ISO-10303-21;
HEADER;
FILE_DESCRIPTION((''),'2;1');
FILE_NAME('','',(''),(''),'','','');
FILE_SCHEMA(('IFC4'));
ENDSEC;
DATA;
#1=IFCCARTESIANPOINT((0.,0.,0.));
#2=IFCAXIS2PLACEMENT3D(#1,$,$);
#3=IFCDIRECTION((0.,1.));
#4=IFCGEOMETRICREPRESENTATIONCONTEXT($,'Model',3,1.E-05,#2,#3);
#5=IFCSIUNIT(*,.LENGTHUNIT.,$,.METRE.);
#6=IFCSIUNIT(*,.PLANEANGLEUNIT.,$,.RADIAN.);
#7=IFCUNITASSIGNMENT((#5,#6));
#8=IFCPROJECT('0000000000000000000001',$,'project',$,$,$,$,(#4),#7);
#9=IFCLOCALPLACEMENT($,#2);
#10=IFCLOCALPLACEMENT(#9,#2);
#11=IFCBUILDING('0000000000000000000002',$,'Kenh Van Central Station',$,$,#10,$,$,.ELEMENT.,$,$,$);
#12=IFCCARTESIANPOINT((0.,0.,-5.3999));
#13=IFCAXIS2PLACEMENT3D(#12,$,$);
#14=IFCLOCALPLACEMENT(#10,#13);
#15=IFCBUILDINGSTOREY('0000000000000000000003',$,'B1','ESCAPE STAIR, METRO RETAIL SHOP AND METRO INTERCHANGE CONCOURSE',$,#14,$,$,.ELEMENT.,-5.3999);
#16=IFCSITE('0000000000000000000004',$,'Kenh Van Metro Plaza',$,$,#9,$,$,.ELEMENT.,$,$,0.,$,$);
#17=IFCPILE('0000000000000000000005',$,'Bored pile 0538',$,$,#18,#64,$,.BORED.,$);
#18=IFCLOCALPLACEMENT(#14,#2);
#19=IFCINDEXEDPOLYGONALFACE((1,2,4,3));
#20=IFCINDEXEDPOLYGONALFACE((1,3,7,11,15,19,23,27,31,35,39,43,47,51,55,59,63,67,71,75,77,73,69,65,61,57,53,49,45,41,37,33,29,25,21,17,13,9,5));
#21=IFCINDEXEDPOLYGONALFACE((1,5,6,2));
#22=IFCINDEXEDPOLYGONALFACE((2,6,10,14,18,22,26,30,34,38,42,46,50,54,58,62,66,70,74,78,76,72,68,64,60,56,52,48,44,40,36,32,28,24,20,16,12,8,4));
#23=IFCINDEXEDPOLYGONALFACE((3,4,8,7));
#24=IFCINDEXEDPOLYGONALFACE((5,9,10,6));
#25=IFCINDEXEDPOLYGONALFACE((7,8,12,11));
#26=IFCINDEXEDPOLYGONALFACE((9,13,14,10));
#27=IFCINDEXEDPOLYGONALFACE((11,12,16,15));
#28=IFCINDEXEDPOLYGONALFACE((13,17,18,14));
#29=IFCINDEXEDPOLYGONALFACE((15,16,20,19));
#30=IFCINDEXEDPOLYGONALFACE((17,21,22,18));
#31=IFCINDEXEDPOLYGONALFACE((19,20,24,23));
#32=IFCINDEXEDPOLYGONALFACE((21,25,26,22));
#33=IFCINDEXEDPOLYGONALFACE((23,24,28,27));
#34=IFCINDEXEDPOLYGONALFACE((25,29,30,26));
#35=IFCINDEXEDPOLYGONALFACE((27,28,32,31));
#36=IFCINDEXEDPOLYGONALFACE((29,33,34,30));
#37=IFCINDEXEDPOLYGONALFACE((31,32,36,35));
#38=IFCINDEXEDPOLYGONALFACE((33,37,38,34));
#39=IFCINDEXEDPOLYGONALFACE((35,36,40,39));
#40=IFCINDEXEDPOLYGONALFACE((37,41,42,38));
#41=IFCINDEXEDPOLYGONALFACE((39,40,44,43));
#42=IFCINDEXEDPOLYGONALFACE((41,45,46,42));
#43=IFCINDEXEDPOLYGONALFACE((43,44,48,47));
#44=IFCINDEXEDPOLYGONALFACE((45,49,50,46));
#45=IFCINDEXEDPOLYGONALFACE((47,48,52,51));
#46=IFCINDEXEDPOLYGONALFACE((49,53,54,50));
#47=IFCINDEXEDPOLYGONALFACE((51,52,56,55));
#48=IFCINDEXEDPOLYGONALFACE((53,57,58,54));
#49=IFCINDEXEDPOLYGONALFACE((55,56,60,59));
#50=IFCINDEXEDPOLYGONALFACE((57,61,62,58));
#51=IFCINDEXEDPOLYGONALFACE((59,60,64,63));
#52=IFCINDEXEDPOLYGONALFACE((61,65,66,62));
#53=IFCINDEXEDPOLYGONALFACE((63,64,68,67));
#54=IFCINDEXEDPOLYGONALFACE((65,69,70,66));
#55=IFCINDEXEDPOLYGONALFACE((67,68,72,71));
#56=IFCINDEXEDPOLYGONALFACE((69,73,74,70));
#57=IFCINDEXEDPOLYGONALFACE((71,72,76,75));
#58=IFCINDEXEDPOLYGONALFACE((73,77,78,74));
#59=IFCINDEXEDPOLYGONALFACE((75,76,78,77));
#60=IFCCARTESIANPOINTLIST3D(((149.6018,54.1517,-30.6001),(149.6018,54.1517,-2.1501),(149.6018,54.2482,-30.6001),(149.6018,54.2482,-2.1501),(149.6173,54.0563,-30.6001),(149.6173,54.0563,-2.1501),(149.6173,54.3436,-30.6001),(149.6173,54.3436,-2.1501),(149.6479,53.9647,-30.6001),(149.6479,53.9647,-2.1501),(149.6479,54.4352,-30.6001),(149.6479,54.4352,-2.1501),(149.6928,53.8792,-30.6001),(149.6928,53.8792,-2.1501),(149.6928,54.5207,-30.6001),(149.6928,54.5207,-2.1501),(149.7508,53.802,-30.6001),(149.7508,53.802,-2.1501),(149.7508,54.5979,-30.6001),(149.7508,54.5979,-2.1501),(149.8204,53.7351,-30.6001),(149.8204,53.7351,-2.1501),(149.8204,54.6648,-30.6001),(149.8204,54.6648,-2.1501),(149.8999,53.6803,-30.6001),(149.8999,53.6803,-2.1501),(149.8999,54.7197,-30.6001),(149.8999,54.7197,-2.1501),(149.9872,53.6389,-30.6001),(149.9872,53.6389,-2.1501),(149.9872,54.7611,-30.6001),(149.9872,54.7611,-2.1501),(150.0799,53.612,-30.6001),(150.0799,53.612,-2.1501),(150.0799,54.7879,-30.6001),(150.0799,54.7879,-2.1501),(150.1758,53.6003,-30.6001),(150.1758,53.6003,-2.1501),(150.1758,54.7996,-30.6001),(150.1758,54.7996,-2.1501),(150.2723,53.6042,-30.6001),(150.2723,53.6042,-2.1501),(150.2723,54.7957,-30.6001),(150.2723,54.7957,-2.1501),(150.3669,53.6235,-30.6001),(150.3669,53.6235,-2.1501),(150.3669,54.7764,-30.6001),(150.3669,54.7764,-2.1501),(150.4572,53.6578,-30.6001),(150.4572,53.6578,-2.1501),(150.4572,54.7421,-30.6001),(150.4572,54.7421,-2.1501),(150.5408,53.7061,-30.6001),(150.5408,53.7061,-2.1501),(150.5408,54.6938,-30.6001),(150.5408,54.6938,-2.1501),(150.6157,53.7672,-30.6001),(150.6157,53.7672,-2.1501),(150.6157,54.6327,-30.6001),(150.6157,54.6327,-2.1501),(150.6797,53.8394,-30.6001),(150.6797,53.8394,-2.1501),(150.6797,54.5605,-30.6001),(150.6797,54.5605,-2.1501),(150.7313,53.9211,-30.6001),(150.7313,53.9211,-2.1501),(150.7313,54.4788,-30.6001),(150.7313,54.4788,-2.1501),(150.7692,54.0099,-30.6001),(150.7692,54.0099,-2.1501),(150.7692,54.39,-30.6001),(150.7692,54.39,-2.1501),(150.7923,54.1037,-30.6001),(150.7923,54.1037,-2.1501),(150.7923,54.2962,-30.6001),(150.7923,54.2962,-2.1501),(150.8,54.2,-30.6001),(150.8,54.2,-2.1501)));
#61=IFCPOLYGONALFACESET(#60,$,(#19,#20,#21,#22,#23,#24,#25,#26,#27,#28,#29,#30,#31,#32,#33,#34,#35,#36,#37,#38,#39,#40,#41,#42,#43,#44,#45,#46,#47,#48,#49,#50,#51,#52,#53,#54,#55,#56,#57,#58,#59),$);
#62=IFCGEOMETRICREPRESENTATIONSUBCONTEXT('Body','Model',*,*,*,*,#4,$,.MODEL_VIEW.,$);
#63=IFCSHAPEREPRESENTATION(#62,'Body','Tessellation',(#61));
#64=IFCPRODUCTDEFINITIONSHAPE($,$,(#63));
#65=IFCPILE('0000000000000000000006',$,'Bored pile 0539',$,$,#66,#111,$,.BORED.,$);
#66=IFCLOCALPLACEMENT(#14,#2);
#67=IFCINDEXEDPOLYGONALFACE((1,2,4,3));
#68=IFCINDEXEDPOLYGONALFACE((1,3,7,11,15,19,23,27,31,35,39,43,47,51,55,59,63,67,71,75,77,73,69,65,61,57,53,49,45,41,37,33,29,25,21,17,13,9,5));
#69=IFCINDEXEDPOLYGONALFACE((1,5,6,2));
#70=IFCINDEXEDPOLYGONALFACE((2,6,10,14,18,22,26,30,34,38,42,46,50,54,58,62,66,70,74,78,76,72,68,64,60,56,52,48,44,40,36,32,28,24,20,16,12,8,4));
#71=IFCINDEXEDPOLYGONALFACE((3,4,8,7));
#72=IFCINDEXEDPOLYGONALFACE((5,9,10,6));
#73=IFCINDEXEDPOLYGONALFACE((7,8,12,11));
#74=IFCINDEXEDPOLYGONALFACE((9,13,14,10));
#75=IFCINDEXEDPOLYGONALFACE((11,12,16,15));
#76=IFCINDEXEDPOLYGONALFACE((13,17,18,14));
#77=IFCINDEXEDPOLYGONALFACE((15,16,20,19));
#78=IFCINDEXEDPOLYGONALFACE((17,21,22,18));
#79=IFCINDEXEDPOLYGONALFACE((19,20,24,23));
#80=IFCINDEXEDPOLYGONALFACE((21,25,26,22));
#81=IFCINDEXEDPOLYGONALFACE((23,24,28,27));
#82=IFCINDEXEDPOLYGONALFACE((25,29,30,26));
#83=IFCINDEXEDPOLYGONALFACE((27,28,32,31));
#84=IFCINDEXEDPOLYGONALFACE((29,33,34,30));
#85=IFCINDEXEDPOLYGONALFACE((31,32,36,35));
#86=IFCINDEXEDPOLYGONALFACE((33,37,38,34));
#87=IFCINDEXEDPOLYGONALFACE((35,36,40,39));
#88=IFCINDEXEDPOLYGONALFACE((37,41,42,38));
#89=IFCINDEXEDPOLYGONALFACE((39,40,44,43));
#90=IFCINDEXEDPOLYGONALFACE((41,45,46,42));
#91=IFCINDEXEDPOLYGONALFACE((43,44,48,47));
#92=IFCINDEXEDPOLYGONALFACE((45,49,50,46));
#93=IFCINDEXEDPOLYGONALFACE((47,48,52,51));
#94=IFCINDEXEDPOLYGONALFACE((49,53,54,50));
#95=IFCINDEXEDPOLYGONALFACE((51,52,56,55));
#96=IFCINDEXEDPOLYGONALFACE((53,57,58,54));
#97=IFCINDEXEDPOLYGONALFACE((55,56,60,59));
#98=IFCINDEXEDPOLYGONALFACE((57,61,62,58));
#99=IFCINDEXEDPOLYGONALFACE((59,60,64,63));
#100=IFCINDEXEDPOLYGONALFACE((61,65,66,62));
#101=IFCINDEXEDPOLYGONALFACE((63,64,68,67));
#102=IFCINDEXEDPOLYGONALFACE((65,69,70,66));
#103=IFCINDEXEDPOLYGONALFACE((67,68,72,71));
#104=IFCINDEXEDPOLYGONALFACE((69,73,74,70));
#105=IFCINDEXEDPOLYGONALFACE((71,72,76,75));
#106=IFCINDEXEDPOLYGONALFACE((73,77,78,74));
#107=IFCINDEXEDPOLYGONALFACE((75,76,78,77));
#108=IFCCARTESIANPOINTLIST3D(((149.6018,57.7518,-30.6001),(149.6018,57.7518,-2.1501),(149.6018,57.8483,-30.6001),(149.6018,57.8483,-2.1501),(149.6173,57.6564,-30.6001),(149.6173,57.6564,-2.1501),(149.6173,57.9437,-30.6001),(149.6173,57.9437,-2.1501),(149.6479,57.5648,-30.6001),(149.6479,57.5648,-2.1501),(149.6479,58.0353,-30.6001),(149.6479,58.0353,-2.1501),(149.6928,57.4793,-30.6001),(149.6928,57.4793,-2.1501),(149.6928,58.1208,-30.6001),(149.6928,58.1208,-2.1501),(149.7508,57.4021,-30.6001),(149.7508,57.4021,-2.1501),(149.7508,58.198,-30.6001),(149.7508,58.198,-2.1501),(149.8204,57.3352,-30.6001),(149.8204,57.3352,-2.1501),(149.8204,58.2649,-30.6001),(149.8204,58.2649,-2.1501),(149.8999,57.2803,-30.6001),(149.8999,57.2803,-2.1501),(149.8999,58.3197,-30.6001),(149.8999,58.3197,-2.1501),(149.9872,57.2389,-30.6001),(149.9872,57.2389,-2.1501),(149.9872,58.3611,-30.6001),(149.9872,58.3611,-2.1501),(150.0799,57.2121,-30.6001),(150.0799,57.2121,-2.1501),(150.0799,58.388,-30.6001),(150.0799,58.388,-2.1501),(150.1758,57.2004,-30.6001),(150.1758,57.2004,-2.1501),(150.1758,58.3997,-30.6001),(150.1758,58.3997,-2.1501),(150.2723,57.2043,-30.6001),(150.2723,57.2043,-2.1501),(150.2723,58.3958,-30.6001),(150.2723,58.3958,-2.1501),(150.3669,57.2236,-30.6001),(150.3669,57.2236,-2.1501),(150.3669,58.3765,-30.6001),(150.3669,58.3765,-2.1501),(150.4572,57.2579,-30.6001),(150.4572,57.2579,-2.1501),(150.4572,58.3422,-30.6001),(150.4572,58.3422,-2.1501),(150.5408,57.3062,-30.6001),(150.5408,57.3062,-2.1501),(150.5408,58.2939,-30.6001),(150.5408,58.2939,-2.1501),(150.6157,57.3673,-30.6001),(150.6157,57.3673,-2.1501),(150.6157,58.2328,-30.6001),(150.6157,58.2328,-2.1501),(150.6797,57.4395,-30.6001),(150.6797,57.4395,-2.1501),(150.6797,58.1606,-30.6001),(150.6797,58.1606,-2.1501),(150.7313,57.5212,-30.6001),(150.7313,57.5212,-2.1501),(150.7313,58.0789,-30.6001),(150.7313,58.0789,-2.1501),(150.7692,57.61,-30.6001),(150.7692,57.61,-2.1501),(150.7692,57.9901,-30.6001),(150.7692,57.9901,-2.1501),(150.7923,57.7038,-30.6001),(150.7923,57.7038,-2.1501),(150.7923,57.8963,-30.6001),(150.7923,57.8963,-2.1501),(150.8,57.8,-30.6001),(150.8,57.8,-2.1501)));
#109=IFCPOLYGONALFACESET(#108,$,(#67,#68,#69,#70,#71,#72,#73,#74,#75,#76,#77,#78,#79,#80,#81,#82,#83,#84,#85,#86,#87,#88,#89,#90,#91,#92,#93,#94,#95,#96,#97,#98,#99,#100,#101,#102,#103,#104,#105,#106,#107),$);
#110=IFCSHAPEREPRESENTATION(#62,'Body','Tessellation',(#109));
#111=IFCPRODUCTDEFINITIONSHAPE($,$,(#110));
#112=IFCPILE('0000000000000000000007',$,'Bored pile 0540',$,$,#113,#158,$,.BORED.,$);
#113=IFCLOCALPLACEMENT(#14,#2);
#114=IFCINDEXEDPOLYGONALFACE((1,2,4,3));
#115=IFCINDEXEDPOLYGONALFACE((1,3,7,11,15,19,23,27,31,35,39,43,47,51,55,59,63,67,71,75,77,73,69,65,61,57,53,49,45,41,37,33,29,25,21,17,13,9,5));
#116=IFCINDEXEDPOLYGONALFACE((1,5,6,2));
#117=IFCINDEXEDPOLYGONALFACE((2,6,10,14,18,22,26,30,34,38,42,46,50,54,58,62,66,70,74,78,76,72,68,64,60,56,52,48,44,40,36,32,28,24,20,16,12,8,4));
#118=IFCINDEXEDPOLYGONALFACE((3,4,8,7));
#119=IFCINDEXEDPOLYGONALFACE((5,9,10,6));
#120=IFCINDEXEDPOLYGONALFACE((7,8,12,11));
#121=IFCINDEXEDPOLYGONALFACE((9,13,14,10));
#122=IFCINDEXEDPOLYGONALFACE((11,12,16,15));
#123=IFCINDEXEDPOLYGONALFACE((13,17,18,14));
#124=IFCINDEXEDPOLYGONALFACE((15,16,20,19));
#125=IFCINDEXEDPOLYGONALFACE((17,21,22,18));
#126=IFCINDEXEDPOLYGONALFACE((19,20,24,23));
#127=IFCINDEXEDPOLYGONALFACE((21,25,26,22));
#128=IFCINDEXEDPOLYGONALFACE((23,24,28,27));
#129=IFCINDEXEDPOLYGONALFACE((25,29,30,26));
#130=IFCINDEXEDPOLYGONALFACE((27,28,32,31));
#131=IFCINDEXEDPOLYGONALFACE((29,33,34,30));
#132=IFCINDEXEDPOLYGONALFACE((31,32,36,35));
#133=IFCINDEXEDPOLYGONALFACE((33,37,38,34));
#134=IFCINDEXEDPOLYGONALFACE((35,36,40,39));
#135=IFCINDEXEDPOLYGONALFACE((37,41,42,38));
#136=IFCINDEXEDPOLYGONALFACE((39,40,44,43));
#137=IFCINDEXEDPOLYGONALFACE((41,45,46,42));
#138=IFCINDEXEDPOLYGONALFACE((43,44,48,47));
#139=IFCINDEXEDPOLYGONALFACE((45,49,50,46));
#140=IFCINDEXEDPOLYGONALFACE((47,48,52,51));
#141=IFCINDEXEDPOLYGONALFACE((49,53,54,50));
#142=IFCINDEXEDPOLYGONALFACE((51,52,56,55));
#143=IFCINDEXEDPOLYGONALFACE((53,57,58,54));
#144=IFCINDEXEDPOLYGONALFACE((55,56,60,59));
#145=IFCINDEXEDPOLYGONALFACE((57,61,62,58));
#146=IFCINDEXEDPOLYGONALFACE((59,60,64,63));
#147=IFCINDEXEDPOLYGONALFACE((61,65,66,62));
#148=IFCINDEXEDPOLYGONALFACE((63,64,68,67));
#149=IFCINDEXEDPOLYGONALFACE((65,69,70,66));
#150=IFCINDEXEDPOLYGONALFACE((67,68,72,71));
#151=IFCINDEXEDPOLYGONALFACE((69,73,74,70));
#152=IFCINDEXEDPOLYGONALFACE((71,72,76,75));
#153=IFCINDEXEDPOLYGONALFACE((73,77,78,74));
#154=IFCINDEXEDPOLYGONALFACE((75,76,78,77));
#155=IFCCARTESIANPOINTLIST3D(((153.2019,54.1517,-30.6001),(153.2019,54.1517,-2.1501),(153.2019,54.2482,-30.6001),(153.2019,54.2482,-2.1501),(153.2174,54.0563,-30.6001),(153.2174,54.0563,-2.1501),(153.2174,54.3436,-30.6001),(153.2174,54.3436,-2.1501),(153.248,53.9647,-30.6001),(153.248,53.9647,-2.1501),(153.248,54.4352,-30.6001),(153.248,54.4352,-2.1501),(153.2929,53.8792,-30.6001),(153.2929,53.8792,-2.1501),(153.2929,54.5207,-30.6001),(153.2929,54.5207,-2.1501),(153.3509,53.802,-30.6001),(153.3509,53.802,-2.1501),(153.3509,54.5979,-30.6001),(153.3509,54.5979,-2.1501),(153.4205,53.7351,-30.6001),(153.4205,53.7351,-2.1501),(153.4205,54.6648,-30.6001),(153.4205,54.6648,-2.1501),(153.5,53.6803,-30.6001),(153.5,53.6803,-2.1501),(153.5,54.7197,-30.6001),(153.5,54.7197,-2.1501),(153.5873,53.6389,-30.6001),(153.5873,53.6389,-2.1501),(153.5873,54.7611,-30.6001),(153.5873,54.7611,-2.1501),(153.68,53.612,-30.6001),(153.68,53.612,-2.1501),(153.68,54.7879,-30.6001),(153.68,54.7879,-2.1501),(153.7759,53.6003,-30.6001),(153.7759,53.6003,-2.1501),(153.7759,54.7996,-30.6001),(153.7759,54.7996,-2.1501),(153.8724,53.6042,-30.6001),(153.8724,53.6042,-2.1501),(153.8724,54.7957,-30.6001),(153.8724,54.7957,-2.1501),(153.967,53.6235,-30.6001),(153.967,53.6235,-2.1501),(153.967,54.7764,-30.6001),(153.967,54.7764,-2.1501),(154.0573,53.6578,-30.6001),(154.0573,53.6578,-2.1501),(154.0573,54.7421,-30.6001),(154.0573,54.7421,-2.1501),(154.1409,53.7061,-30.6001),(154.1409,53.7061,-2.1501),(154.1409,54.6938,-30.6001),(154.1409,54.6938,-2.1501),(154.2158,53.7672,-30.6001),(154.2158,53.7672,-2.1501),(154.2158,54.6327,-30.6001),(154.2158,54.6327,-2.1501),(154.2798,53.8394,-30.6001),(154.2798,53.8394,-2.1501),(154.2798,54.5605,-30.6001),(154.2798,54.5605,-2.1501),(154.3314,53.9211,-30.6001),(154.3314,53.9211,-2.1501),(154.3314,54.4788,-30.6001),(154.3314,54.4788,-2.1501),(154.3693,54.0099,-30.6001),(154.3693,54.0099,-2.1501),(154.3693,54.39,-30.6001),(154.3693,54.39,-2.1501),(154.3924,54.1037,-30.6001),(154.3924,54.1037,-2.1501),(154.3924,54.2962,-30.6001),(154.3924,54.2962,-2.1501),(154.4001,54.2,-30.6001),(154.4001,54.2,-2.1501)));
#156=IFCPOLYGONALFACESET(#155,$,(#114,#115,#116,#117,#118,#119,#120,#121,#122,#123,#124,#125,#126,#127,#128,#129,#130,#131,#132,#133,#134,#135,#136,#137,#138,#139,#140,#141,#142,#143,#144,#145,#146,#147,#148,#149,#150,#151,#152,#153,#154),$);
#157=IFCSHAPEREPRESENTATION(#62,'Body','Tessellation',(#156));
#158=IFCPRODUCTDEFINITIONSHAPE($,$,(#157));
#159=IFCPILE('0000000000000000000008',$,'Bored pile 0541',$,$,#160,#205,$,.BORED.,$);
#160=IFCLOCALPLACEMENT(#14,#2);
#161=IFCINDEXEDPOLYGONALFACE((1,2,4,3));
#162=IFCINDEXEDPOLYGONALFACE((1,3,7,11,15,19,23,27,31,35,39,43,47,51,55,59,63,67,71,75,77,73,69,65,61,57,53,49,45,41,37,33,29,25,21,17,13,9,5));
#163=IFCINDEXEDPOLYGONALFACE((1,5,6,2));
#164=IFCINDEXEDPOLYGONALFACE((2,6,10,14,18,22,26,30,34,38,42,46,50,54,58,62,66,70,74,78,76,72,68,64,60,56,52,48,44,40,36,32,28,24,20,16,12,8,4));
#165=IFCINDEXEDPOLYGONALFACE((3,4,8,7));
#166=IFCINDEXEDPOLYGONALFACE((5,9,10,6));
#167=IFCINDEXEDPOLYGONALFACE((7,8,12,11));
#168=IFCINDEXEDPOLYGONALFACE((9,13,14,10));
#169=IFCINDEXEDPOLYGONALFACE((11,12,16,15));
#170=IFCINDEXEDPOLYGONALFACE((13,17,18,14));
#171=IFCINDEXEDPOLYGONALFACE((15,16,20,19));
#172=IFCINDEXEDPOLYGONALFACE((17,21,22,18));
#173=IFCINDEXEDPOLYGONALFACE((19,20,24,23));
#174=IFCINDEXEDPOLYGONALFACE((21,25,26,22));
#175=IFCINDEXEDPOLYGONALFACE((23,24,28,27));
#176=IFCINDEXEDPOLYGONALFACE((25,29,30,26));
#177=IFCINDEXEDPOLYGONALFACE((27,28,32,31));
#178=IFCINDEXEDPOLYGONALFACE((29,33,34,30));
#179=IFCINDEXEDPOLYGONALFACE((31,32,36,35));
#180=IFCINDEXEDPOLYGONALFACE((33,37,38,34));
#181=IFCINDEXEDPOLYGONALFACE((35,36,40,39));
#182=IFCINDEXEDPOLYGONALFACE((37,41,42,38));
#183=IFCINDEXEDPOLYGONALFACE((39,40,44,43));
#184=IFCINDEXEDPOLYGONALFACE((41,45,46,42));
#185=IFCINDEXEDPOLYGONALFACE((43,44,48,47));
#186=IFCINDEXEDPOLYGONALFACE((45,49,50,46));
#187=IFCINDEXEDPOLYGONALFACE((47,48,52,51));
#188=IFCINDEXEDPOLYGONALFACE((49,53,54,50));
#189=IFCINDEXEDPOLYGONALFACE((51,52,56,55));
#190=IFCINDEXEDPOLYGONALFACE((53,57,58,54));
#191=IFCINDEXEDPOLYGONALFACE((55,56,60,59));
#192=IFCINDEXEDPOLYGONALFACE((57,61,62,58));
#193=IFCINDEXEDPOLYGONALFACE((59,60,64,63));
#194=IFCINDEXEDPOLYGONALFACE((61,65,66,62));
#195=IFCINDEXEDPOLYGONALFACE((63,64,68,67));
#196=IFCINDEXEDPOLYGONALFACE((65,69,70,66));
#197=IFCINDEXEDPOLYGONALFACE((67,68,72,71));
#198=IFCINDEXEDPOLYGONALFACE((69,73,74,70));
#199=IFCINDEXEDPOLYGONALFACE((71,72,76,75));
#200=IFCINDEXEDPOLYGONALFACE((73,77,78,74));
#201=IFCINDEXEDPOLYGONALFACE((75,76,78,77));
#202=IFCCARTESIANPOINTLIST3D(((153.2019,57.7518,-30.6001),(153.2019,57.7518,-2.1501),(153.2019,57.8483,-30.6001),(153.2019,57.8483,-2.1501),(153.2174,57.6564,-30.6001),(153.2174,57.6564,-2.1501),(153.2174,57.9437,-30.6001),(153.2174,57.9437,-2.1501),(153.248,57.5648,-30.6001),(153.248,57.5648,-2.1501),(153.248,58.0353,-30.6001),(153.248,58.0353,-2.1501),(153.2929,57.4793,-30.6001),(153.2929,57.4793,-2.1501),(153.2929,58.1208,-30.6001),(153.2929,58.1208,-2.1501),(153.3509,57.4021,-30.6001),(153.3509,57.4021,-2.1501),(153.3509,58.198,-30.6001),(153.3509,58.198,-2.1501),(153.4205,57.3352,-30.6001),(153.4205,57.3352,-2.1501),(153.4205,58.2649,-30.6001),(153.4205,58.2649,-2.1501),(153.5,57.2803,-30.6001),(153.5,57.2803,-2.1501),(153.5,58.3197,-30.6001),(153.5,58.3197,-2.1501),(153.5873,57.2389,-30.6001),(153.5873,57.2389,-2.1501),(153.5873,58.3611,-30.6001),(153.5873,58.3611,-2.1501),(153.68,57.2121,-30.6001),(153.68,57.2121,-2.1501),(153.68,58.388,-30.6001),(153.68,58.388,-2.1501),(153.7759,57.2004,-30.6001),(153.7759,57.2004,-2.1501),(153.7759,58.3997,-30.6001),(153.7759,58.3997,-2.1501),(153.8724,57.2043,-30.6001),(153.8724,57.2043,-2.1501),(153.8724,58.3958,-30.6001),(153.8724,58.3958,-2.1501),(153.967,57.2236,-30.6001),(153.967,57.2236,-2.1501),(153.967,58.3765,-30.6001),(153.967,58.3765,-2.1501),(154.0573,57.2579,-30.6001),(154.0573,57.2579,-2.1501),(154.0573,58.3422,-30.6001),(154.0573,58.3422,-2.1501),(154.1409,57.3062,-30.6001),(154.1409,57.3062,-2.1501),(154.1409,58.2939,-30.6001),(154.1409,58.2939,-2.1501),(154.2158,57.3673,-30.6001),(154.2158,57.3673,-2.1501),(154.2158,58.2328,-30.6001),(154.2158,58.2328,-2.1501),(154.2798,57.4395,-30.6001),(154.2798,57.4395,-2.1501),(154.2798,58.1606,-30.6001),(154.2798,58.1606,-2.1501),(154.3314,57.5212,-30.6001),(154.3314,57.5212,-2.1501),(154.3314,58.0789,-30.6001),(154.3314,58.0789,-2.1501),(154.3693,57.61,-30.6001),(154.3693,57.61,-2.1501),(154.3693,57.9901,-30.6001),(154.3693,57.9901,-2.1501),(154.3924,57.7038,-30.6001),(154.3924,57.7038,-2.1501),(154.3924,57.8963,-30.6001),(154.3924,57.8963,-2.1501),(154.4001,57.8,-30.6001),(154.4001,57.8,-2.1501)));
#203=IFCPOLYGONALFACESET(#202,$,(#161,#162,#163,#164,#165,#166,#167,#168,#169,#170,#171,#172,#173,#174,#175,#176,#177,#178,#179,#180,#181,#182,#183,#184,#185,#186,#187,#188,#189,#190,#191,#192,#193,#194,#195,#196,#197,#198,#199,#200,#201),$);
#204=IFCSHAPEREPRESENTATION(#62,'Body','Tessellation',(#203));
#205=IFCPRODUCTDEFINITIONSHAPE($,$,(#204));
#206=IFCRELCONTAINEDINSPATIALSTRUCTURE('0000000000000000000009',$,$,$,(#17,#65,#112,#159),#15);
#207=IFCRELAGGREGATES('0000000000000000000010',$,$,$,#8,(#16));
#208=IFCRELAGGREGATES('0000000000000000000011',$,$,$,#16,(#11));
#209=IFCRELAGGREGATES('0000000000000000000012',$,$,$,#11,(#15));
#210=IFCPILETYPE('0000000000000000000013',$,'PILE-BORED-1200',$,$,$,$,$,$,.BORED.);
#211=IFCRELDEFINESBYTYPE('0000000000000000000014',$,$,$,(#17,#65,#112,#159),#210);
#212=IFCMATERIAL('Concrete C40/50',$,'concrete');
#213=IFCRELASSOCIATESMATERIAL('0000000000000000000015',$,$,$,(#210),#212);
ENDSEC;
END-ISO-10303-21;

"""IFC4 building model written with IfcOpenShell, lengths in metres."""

from ifc_helpers import new_model, si_unit, direction, frame, origin, origin_2d, place, context, subcontext, project, spatial, circle, extrude, material, material_profile, profile_set, type_object, element, save


model = new_model("IFC4")

# Units and contexts
model_context = context("Model", 3, precision=1e-05, world=origin(), true_north=direction((0.0, 1.0)))
body_context = subcontext(model_context, "Body", "Model", "MODEL_VIEW")
ifc_project = project(units=[si_unit("LENGTHUNIT", "METRE"), si_unit("PLANEANGLEUNIT", "RADIAN")], contexts=[model_context])

# Site, building, storey
site_placement = place(None, origin())
site = spatial("IfcSite", under=ifc_project, at=site_placement, Name="Kenh Van Metro Plaza", CompositionType="ELEMENT", RefElevation=0.0)
building_placement = place(site_placement, origin())
building = spatial("IfcBuilding", under=site, at=building_placement, Name="Kenh Van Central Station", CompositionType="ELEMENT")
storey_placement = place(building_placement, frame((0.0, 0.0, -5.3999)))
storey = spatial("IfcBuildingStorey", under=building, at=storey_placement, Name="B1", Description="ESCAPE STAIR, METRO RETAIL SHOP AND METRO INTERCHANGE CONCOURSE", CompositionType="ELEMENT", Elevation=-5.3999)

# Shared definitions
ifc_material_1 = material(Name="Concrete C40/50", Category="concrete")

# Piles
ifc_material_profile_1 = material_profile(ifc_material_1, circle(Radius=0.6001, at=origin_2d()), Name="PILE D1200")
ifc_profile_set_1 = profile_set([ifc_material_profile_1], Name="Concrete C40/50")
pile_type = type_object("IfcPileType", Name="PILE-BORED-1200", PredefinedType="BORED", material=ifc_profile_set_1)
for number, where, z_axis, x_axis, name in (
    (1, (150.2, 54.2, -2.1501), (0.0, 0.0, -1.0), (1.0, 0.0, 0.0), "Bored pile 0538"),
    (2, (150.2, 57.8, -2.1501), (0.0, 0.0, -1.0), (1.0, 0.0, 0.0), "Bored pile 0539"),
    (3, (153.8, 54.2, -2.1501), (0.0, 0.0, -1.0), (1.0, 0.0, 0.0), "Bored pile 0540"),
    (4, (153.8, 57.8, -2.1501), (0.0, 0.0, -1.0), (1.0, 0.0, 0.0), "Bored pile 0541"),
):
    element("IfcPile", number, at=place(storey_placement, frame(where, z_axis=z_axis, x_axis=x_axis)), inside=storey, type_object=pile_type, Name=name, PredefinedType="BORED", context=body_context, shape_type="SweptSolid", body=[
        extrude(circle(Radius=0.6001, at=origin_2d()), origin(), (0.0, 0.0, 1.0), 28.45),
    ])

save(model, "model.ifc")
